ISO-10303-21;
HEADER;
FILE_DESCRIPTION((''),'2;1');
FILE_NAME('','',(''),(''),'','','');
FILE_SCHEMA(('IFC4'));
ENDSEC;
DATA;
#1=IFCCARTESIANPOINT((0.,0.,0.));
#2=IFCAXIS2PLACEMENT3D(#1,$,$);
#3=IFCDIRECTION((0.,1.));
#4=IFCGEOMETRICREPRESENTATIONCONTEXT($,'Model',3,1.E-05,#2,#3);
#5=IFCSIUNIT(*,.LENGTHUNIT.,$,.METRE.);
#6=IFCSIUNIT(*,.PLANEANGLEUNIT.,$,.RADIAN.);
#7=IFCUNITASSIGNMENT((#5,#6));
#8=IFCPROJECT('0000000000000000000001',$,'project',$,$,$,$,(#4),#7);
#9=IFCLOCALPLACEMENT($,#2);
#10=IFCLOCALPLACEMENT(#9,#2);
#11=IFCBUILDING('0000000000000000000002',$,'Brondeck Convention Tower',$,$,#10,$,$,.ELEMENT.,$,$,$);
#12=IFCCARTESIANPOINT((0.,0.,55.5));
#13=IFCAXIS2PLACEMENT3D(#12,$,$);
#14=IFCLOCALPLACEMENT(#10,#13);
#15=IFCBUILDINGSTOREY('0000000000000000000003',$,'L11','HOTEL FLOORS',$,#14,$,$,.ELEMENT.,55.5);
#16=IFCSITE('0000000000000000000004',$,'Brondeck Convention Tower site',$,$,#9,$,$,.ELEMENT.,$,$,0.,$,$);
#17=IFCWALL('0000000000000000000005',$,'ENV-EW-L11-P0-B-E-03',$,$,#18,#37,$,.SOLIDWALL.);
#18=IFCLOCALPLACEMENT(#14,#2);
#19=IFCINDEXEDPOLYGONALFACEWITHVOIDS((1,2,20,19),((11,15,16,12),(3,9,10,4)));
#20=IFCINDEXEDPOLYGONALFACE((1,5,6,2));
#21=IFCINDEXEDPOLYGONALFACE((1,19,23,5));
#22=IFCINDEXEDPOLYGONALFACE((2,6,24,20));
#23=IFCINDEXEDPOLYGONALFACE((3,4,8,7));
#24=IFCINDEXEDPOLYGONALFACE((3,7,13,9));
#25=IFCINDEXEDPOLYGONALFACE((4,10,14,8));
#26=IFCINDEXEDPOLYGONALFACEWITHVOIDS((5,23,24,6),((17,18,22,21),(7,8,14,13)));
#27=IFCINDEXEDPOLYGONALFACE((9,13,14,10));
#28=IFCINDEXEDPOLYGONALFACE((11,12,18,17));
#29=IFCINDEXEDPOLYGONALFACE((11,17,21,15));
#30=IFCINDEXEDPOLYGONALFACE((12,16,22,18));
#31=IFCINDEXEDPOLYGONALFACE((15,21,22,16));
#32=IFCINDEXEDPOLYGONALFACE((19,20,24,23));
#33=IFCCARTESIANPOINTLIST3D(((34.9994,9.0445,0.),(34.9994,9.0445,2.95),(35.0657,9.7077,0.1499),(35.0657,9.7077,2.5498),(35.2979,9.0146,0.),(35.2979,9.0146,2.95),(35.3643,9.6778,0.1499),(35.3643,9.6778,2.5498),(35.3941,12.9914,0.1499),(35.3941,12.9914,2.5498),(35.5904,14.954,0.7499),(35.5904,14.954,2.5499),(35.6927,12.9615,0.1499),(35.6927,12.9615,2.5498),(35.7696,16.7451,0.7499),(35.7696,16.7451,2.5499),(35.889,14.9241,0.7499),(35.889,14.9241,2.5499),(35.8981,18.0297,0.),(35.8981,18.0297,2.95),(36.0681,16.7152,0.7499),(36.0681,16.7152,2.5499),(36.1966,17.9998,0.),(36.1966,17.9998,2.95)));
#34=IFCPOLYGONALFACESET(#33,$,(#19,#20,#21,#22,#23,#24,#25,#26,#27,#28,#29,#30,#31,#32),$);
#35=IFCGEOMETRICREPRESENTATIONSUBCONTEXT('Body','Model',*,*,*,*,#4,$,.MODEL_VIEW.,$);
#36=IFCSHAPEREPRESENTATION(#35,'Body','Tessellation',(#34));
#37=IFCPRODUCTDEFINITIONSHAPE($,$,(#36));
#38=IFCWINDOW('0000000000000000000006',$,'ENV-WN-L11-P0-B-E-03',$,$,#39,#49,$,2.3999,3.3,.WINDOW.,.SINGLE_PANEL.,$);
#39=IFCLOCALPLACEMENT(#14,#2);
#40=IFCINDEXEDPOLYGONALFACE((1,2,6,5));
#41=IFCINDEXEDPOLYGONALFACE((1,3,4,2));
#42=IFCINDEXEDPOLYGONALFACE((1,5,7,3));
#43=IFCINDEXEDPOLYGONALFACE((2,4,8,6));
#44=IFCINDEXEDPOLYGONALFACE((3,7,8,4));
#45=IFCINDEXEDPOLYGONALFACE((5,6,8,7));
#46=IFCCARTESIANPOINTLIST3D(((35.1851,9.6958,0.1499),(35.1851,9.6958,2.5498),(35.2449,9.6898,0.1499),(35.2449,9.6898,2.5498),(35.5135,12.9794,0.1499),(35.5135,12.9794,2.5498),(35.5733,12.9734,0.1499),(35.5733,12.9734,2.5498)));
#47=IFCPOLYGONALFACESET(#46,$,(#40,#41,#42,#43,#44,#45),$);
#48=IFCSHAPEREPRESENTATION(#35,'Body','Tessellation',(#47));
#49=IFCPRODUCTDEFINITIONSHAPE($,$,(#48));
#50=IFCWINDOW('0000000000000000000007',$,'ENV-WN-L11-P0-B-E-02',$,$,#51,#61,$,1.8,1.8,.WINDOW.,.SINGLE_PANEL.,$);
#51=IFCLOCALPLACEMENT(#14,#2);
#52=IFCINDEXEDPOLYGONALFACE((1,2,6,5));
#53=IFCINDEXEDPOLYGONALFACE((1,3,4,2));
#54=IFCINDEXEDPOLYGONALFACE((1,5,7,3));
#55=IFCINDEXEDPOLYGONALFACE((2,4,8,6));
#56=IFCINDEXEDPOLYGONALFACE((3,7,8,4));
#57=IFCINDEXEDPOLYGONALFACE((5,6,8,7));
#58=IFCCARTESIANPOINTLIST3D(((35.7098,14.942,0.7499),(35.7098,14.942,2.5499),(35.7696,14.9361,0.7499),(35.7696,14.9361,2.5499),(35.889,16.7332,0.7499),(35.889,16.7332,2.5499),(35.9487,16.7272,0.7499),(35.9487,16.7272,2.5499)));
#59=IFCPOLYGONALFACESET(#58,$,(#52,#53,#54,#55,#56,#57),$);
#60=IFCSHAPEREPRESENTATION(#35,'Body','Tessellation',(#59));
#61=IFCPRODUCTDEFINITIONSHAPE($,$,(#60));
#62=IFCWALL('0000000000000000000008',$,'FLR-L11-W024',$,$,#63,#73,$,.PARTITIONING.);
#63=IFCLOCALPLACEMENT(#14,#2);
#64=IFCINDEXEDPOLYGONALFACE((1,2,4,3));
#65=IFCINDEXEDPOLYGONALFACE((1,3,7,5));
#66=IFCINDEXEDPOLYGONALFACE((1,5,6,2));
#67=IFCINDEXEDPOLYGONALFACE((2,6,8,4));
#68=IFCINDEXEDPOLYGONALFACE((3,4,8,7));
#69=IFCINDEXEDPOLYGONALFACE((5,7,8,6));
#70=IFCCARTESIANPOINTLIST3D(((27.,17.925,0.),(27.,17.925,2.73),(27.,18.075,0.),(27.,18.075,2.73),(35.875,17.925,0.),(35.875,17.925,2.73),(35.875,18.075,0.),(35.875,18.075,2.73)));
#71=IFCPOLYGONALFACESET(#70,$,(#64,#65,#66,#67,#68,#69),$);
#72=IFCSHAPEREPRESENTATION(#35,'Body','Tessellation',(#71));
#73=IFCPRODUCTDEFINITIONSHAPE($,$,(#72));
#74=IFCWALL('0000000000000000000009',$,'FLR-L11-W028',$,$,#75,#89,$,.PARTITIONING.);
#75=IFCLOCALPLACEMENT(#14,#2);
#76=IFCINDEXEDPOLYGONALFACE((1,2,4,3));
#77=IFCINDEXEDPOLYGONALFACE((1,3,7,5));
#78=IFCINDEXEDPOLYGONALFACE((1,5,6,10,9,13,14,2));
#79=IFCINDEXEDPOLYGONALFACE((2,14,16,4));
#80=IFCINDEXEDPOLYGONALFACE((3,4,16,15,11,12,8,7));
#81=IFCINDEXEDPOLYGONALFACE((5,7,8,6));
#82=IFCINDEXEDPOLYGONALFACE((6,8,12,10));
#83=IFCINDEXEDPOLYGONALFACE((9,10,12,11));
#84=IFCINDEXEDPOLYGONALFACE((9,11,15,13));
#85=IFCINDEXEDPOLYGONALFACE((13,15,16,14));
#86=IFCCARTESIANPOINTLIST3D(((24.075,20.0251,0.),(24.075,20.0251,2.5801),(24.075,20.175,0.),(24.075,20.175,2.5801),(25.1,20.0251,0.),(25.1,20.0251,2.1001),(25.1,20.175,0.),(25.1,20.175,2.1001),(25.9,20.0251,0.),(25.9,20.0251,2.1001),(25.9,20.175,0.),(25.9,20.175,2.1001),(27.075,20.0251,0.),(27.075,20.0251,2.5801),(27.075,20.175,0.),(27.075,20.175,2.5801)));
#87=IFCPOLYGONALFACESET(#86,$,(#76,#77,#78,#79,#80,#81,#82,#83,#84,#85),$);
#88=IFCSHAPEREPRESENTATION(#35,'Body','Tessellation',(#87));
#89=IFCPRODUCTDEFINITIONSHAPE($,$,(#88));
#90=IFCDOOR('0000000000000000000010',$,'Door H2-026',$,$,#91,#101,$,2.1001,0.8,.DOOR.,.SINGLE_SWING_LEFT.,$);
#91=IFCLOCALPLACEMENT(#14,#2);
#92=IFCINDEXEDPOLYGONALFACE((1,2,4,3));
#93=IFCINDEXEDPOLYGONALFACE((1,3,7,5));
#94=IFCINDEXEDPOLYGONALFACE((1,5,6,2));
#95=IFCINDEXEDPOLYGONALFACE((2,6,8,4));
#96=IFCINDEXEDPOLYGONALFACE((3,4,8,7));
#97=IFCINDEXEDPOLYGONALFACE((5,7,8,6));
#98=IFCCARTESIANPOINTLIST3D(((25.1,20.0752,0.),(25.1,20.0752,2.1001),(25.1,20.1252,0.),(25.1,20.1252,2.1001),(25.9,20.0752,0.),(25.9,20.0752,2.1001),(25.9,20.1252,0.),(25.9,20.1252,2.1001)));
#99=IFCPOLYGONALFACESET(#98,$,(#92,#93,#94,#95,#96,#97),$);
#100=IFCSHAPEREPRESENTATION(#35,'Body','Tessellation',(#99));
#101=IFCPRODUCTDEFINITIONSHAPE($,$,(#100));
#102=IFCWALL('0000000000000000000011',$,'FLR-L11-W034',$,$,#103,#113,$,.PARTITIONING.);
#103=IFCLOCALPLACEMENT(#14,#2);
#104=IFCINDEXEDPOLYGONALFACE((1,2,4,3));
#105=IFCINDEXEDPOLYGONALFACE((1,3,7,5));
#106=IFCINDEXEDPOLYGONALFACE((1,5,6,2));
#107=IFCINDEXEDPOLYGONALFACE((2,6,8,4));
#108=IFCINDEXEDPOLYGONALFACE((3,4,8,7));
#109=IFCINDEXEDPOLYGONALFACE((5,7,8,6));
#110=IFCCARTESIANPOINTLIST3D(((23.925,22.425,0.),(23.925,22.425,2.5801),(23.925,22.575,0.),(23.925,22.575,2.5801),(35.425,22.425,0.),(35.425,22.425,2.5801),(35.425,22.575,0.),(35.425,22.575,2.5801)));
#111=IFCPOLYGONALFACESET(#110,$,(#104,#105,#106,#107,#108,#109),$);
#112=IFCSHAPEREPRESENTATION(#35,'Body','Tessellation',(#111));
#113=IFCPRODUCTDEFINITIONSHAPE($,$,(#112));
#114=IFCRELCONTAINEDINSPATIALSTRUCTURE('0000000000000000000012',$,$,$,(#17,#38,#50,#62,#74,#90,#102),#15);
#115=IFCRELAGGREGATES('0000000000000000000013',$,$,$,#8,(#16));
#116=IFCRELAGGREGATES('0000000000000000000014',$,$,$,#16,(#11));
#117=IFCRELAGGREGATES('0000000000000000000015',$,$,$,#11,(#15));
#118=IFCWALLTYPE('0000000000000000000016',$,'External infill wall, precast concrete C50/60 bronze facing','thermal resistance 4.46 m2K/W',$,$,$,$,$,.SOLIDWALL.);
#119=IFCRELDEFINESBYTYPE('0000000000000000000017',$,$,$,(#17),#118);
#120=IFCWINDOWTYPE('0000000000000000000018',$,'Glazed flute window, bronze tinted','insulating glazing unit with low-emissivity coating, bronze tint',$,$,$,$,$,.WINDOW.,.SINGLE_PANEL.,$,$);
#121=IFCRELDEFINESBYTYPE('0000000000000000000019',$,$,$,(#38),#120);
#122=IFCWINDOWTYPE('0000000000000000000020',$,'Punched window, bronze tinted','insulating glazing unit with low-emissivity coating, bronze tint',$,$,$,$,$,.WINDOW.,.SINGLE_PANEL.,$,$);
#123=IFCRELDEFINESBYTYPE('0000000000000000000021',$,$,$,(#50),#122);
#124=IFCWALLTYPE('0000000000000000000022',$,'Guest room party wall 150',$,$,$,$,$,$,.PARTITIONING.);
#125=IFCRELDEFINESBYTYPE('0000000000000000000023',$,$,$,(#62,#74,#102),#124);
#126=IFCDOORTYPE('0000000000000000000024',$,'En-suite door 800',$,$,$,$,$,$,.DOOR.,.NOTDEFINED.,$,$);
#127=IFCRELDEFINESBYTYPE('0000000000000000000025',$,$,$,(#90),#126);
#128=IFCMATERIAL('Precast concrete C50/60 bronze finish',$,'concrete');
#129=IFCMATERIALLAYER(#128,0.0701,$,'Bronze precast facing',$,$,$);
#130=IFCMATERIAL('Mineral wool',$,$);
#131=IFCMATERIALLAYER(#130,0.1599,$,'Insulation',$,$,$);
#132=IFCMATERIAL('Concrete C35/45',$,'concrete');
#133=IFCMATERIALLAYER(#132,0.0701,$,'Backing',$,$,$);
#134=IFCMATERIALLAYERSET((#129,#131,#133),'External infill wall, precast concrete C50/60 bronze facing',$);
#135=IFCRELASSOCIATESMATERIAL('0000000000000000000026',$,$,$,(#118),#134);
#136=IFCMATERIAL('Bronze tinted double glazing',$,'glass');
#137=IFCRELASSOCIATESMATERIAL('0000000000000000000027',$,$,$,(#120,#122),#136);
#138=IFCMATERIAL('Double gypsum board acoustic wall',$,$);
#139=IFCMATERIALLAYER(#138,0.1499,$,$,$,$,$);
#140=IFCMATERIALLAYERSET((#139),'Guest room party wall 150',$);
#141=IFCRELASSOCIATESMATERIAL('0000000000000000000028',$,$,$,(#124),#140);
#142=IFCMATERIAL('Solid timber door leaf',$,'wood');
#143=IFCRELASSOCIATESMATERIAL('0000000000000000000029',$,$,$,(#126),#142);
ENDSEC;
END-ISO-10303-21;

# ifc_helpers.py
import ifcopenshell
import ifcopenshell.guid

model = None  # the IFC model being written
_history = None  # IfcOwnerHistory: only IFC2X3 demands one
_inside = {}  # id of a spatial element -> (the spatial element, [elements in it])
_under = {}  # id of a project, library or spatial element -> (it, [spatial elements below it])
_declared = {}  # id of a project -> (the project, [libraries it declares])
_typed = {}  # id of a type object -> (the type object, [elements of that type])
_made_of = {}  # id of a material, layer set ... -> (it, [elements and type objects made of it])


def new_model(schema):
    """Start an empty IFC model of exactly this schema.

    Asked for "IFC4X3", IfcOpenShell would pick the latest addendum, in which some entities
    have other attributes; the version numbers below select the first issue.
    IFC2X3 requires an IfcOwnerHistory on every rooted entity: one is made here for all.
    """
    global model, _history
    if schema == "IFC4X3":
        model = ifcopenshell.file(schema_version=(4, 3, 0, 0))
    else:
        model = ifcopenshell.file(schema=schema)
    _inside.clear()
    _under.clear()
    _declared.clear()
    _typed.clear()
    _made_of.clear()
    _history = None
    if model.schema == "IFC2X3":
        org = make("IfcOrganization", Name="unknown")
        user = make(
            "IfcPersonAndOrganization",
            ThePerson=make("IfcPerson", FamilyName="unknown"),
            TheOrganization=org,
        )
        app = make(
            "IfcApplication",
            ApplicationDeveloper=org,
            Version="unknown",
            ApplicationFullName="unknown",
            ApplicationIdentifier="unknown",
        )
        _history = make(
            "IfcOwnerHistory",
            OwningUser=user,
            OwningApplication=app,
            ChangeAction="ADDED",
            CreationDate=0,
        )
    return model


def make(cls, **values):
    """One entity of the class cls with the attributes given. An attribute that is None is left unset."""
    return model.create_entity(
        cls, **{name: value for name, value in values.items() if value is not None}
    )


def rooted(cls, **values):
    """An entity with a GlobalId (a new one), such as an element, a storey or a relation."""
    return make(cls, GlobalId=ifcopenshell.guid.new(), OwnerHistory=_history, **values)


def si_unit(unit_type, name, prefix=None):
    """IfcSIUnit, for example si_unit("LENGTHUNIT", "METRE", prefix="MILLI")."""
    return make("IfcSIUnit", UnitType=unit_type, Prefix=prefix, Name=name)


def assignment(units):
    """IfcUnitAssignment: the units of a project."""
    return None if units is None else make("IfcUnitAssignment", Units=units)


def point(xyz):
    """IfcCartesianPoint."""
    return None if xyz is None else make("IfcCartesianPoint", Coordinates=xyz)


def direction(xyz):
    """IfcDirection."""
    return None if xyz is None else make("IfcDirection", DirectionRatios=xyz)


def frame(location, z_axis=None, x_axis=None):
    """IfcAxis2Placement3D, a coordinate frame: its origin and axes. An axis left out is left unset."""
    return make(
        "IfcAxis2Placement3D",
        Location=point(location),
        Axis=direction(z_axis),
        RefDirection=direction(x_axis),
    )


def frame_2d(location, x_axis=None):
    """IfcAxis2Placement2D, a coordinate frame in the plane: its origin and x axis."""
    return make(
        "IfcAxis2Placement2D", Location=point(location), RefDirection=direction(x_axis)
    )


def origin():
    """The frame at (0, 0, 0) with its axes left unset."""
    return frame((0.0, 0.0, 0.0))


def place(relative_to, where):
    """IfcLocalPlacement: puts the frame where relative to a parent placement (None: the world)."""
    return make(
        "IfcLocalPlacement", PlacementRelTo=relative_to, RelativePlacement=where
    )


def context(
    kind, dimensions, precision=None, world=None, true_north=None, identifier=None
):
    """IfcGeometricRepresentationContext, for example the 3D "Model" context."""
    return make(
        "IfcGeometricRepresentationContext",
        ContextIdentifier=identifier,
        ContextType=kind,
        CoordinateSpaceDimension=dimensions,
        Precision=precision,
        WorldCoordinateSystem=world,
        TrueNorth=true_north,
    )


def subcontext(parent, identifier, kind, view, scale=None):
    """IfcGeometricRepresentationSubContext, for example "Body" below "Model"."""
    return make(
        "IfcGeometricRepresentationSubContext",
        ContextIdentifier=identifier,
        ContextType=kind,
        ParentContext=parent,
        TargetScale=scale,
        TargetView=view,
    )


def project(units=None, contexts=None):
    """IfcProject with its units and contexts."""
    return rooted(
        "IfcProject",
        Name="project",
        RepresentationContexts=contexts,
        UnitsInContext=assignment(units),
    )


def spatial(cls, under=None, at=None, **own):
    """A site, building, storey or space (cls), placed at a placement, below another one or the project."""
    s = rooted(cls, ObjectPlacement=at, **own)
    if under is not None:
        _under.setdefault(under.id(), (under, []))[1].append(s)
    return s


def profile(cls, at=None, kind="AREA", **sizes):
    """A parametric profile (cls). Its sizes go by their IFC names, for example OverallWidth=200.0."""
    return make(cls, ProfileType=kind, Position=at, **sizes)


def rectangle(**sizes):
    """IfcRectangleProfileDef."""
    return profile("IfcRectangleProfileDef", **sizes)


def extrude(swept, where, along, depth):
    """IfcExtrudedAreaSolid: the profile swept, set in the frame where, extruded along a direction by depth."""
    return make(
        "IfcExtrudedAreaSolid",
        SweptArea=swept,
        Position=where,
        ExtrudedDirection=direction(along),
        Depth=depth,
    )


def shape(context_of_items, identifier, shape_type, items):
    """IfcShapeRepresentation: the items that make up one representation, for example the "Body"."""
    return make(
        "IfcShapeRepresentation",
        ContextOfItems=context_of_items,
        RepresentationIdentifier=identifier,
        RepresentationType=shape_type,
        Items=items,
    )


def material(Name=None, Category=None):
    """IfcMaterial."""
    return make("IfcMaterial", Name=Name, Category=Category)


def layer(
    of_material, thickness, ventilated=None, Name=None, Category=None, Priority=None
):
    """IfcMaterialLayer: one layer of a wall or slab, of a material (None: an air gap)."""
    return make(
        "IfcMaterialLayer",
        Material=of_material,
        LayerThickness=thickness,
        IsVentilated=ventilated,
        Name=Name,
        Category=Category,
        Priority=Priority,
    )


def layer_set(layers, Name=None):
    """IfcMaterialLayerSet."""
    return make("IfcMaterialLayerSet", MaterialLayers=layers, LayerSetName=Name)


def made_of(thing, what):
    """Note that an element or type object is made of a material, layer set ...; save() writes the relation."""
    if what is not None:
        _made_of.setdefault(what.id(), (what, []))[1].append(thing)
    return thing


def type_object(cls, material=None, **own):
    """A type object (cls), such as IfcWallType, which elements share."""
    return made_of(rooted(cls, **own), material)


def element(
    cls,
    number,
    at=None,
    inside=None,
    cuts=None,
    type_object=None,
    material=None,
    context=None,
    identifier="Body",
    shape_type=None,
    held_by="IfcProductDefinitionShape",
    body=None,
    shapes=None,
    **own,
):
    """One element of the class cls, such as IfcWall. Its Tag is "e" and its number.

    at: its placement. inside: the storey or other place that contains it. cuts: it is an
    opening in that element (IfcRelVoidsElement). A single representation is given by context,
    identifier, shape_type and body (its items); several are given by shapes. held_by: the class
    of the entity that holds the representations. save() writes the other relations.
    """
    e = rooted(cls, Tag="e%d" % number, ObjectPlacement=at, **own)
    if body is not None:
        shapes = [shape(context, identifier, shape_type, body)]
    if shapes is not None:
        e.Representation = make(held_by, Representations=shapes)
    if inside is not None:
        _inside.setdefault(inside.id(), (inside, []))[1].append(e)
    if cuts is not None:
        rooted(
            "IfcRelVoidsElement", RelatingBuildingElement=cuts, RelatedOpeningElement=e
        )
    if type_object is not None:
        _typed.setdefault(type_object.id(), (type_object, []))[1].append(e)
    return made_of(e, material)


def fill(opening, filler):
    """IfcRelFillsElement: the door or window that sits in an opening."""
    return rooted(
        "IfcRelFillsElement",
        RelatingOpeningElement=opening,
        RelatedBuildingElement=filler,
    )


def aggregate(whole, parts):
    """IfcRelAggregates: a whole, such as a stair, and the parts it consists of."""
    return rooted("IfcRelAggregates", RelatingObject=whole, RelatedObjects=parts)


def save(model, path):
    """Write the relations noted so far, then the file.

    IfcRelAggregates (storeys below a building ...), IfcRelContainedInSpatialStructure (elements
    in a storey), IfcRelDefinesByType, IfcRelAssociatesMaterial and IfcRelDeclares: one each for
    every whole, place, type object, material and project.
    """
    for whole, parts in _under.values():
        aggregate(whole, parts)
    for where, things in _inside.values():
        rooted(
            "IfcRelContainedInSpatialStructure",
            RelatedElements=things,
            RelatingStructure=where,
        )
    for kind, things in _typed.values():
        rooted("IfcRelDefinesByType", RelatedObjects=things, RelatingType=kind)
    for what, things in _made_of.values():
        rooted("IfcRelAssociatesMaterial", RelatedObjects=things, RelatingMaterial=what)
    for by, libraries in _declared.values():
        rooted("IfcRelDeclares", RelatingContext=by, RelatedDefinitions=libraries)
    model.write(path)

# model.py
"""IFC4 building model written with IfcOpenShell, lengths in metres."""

from ifc_helpers import new_model, si_unit, direction, frame, frame_2d, origin, place, context, subcontext, project, spatial, rectangle, extrude, material, layer, layer_set, type_object, element, fill, save


model = new_model("IFC4")

# Units and contexts
model_context = context("Model", 3, precision=1e-05, world=origin(), true_north=direction((0.0, 1.0)))
body_context = subcontext(model_context, "Body", "Model", "MODEL_VIEW")
ifc_project = project(units=[si_unit("LENGTHUNIT", "METRE"), si_unit("PLANEANGLEUNIT", "RADIAN")], contexts=[model_context])

# Site, building, storey
site_placement = place(None, origin())
site = spatial("IfcSite", under=ifc_project, at=site_placement, Name="Brondeck Convention Tower site", CompositionType="ELEMENT", RefElevation=0.0)
building_placement = place(site_placement, origin())
building = spatial("IfcBuilding", under=site, at=building_placement, Name="Brondeck Convention Tower", CompositionType="ELEMENT")
storey_placement = place(building_placement, frame((0.0, 0.0, 55.5)))
storey = spatial("IfcBuildingStorey", under=building, at=storey_placement, Name="L11", Description="HOTEL FLOORS", CompositionType="ELEMENT", Elevation=55.5)

# Wall, openings, windows
ifc_material_1 = material(Name="Precast concrete C50/60 bronze finish", Category="concrete")
ifc_layer_1 = layer(ifc_material_1, 0.0701, Name="Bronze precast facing")
ifc_material_2 = material(Name="Mineral wool")
ifc_layer_2 = layer(ifc_material_2, 0.1599, Name="Insulation")
ifc_material_3 = material(Name="Concrete C35/45", Category="concrete")
ifc_layer_3 = layer(ifc_material_3, 0.0701, Name="Backing")
ifc_layer_set_1 = layer_set([ifc_layer_1, ifc_layer_2, ifc_layer_3], Name="External infill wall, precast concrete C50/60 bronze facing")
wall_type_1 = type_object("IfcWallType", Name="External infill wall, precast concrete C50/60 bronze facing", Description="thermal resistance 4.46 m2K/W", PredefinedType="SOLIDWALL", material=ifc_layer_set_1)
wall_1_placement = place(storey_placement, frame((36.0474, 18.0149, 0.0), z_axis=(0.0, 0.0, 1.0), x_axis=(-0.099522, -0.995035, 0.0)))
wall_1 = element("IfcWall", 1, at=wall_1_placement, inside=storey, type_object=wall_type_1, Name="ENV-EW-L11-P0-B-E-03", PredefinedType="SOLIDWALL", context=body_context, shape_type="SweptSolid", body=[
    extrude(rectangle(XDim=9.03, YDim=0.3, at=frame_2d((4.5151, 0.0))), origin(), (0.0, 0.0, 1.0), 2.95),
])
opening_1_placement = place(wall_1_placement, frame((1.2913, 0.0, 0.75)))
opening_1 = element("IfcOpeningElement", 2, at=opening_1_placement, cuts=wall_1, PredefinedType="OPENING", context=body_context, shape_type="SweptSolid", body=[
    extrude(rectangle(XDim=1.8, YDim=1.8, at=frame_2d((0.8999, 0.8999))), frame((0.0, 0.1599, 0.0), z_axis=(0.0, -1.0, 0.0), x_axis=(1.0, 0.0, 0.0)), (0.0, 0.0, 1.0), 0.3201),
])
opening_2_placement = place(wall_1_placement, frame((5.0637, 0.0, 0.1499)))
opening_2 = element("IfcOpeningElement", 3, at=opening_2_placement, cuts=wall_1, PredefinedType="OPENING", context=body_context, shape_type="SweptSolid", body=[
    extrude(rectangle(XDim=3.3, YDim=2.3999, at=frame_2d((1.6499, 1.2))), frame((0.0, 0.1599, 0.0), z_axis=(0.0, -1.0, 0.0), x_axis=(1.0, 0.0, 0.0)), (0.0, 0.0, 1.0), 0.3201),
])
ifc_material_4 = material(Name="Bronze tinted double glazing", Category="glass")
window_type_1 = type_object("IfcWindowType", Name="Glazed flute window, bronze tinted", Description="insulating glazing unit with low-emissivity coating, bronze tint", PartitioningType="SINGLE_PANEL", PredefinedType="WINDOW", material=ifc_material_4)
window_1_placement = place(opening_2_placement, origin())
window_1 = element("IfcWindow", 4, at=window_1_placement, inside=storey, type_object=window_type_1, Name="ENV-WN-L11-P0-B-E-03", OverallHeight=2.3999, OverallWidth=3.3, PartitioningType="SINGLE_PANEL", PredefinedType="WINDOW", context=body_context, shape_type="SweptSolid", body=[
    extrude(rectangle(XDim=3.3, YDim=2.3999, at=frame_2d((1.6499, 1.2))), frame((0.0, 0.03, 0.0), z_axis=(0.0, -1.0, 0.0), x_axis=(1.0, 0.0, 0.0)), (0.0, 0.0, 1.0), 0.0601),
])
fill(opening_2, window_1)
window_type_2 = type_object("IfcWindowType", Name="Punched window, bronze tinted", Description="insulating glazing unit with low-emissivity coating, bronze tint", PartitioningType="SINGLE_PANEL", PredefinedType="WINDOW", material=ifc_material_4)
window_2_placement = place(opening_1_placement, origin())
window_2 = element("IfcWindow", 5, at=window_2_placement, inside=storey, type_object=window_type_2, Name="ENV-WN-L11-P0-B-E-02", OverallHeight=1.8, OverallWidth=1.8, PartitioningType="SINGLE_PANEL", PredefinedType="WINDOW", context=body_context, shape_type="SweptSolid", body=[
    extrude(rectangle(XDim=1.8, YDim=1.8, at=frame_2d((0.8999, 0.8999))), frame((0.0, 0.03, 0.0), z_axis=(0.0, -1.0, 0.0), x_axis=(1.0, 0.0, 0.0)), (0.0, 0.0, 1.0), 0.0601),
])
fill(opening_1, window_2)

# Wall
ifc_material_5 = material(Name="Double gypsum board acoustic wall")
ifc_layer_4 = layer(ifc_material_5, 0.1499)
ifc_layer_set_2 = layer_set([ifc_layer_4], Name="Guest room party wall 150")
wall_type_2 = type_object("IfcWallType", Name="Guest room party wall 150", PredefinedType="PARTITIONING", material=ifc_layer_set_2)
wall_2_placement = place(storey_placement, frame((35.875, 18.0, 0.0), z_axis=(0.0, 0.0, 1.0), x_axis=(-1.0, 0.0, 0.0)))
element("IfcWall", 6, at=wall_2_placement, inside=storey, type_object=wall_type_2, Name="FLR-L11-W024", PredefinedType="PARTITIONING", context=body_context, shape_type="SweptSolid", body=[
    extrude(rectangle(XDim=8.875, YDim=0.1499, at=frame_2d((4.4375, 0.0))), origin(), (0.0, 0.0, 1.0), 2.73),
])

# Wall, opening, door
wall_3_placement = place(storey_placement, frame((27.075, 20.1001, 0.0), z_axis=(0.0, 0.0, 1.0), x_axis=(-1.0, 0.0, 0.0)))
wall_3 = element("IfcWall", 7, at=wall_3_placement, inside=storey, type_object=wall_type_2, Name="FLR-L11-W028", PredefinedType="PARTITIONING", context=body_context, shape_type="SweptSolid", body=[
    extrude(rectangle(XDim=3.0, YDim=0.1499, at=frame_2d((1.5, 0.0))), origin(), (0.0, 0.0, 1.0), 2.5801),
])
opening_3_placement = place(wall_3_placement, frame((1.175, 0.0, 0.0)))
opening_3 = element("IfcOpeningElement", 8, at=opening_3_placement, cuts=wall_3, PredefinedType="OPENING", context=body_context, shape_type="SweptSolid", body=[
    extrude(rectangle(XDim=0.8, YDim=2.1001, at=frame_2d((0.3999, 1.05))), frame((0.0, 0.085, 0.0), z_axis=(0.0, -1.0, 0.0), x_axis=(1.0, 0.0, 0.0)), (0.0, 0.0, 1.0), 0.1699),
])
ifc_material_6 = material(Name="Solid timber door leaf", Category="wood")
door_type_1 = type_object("IfcDoorType", Name="En-suite door 800", OperationType="NOTDEFINED", PredefinedType="DOOR", material=ifc_material_6)
door_1_placement = place(opening_3_placement, origin())
door_1 = element("IfcDoor", 9, at=door_1_placement, inside=storey, type_object=door_type_1, Name="Door H2-026", OperationType="SINGLE_SWING_LEFT", OverallHeight=2.1001, OverallWidth=0.8, PredefinedType="DOOR", context=body_context, shape_type="SweptSolid", body=[
    extrude(rectangle(XDim=0.8, YDim=2.1001, at=frame_2d((0.3999, 1.05))), frame((0.0, 0.0249, 0.0), z_axis=(0.0, -1.0, 0.0), x_axis=(1.0, 0.0, 0.0)), (0.0, 0.0, 1.0), 0.05),
])
fill(opening_3, door_1)

# Wall
wall_4_placement = place(storey_placement, frame((35.425, 22.5, 0.0), z_axis=(0.0, 0.0, 1.0), x_axis=(-1.0, 0.0, 0.0)))
element("IfcWall", 10, at=wall_4_placement, inside=storey, type_object=wall_type_2, Name="FLR-L11-W034", PredefinedType="PARTITIONING", context=body_context, shape_type="SweptSolid", body=[
    extrude(rectangle(XDim=11.5, YDim=0.1499, at=frame_2d((5.75, 0.0))), origin(), (0.0, 0.0, 1.0), 2.5801),
])

save(model, "model.ifc")
